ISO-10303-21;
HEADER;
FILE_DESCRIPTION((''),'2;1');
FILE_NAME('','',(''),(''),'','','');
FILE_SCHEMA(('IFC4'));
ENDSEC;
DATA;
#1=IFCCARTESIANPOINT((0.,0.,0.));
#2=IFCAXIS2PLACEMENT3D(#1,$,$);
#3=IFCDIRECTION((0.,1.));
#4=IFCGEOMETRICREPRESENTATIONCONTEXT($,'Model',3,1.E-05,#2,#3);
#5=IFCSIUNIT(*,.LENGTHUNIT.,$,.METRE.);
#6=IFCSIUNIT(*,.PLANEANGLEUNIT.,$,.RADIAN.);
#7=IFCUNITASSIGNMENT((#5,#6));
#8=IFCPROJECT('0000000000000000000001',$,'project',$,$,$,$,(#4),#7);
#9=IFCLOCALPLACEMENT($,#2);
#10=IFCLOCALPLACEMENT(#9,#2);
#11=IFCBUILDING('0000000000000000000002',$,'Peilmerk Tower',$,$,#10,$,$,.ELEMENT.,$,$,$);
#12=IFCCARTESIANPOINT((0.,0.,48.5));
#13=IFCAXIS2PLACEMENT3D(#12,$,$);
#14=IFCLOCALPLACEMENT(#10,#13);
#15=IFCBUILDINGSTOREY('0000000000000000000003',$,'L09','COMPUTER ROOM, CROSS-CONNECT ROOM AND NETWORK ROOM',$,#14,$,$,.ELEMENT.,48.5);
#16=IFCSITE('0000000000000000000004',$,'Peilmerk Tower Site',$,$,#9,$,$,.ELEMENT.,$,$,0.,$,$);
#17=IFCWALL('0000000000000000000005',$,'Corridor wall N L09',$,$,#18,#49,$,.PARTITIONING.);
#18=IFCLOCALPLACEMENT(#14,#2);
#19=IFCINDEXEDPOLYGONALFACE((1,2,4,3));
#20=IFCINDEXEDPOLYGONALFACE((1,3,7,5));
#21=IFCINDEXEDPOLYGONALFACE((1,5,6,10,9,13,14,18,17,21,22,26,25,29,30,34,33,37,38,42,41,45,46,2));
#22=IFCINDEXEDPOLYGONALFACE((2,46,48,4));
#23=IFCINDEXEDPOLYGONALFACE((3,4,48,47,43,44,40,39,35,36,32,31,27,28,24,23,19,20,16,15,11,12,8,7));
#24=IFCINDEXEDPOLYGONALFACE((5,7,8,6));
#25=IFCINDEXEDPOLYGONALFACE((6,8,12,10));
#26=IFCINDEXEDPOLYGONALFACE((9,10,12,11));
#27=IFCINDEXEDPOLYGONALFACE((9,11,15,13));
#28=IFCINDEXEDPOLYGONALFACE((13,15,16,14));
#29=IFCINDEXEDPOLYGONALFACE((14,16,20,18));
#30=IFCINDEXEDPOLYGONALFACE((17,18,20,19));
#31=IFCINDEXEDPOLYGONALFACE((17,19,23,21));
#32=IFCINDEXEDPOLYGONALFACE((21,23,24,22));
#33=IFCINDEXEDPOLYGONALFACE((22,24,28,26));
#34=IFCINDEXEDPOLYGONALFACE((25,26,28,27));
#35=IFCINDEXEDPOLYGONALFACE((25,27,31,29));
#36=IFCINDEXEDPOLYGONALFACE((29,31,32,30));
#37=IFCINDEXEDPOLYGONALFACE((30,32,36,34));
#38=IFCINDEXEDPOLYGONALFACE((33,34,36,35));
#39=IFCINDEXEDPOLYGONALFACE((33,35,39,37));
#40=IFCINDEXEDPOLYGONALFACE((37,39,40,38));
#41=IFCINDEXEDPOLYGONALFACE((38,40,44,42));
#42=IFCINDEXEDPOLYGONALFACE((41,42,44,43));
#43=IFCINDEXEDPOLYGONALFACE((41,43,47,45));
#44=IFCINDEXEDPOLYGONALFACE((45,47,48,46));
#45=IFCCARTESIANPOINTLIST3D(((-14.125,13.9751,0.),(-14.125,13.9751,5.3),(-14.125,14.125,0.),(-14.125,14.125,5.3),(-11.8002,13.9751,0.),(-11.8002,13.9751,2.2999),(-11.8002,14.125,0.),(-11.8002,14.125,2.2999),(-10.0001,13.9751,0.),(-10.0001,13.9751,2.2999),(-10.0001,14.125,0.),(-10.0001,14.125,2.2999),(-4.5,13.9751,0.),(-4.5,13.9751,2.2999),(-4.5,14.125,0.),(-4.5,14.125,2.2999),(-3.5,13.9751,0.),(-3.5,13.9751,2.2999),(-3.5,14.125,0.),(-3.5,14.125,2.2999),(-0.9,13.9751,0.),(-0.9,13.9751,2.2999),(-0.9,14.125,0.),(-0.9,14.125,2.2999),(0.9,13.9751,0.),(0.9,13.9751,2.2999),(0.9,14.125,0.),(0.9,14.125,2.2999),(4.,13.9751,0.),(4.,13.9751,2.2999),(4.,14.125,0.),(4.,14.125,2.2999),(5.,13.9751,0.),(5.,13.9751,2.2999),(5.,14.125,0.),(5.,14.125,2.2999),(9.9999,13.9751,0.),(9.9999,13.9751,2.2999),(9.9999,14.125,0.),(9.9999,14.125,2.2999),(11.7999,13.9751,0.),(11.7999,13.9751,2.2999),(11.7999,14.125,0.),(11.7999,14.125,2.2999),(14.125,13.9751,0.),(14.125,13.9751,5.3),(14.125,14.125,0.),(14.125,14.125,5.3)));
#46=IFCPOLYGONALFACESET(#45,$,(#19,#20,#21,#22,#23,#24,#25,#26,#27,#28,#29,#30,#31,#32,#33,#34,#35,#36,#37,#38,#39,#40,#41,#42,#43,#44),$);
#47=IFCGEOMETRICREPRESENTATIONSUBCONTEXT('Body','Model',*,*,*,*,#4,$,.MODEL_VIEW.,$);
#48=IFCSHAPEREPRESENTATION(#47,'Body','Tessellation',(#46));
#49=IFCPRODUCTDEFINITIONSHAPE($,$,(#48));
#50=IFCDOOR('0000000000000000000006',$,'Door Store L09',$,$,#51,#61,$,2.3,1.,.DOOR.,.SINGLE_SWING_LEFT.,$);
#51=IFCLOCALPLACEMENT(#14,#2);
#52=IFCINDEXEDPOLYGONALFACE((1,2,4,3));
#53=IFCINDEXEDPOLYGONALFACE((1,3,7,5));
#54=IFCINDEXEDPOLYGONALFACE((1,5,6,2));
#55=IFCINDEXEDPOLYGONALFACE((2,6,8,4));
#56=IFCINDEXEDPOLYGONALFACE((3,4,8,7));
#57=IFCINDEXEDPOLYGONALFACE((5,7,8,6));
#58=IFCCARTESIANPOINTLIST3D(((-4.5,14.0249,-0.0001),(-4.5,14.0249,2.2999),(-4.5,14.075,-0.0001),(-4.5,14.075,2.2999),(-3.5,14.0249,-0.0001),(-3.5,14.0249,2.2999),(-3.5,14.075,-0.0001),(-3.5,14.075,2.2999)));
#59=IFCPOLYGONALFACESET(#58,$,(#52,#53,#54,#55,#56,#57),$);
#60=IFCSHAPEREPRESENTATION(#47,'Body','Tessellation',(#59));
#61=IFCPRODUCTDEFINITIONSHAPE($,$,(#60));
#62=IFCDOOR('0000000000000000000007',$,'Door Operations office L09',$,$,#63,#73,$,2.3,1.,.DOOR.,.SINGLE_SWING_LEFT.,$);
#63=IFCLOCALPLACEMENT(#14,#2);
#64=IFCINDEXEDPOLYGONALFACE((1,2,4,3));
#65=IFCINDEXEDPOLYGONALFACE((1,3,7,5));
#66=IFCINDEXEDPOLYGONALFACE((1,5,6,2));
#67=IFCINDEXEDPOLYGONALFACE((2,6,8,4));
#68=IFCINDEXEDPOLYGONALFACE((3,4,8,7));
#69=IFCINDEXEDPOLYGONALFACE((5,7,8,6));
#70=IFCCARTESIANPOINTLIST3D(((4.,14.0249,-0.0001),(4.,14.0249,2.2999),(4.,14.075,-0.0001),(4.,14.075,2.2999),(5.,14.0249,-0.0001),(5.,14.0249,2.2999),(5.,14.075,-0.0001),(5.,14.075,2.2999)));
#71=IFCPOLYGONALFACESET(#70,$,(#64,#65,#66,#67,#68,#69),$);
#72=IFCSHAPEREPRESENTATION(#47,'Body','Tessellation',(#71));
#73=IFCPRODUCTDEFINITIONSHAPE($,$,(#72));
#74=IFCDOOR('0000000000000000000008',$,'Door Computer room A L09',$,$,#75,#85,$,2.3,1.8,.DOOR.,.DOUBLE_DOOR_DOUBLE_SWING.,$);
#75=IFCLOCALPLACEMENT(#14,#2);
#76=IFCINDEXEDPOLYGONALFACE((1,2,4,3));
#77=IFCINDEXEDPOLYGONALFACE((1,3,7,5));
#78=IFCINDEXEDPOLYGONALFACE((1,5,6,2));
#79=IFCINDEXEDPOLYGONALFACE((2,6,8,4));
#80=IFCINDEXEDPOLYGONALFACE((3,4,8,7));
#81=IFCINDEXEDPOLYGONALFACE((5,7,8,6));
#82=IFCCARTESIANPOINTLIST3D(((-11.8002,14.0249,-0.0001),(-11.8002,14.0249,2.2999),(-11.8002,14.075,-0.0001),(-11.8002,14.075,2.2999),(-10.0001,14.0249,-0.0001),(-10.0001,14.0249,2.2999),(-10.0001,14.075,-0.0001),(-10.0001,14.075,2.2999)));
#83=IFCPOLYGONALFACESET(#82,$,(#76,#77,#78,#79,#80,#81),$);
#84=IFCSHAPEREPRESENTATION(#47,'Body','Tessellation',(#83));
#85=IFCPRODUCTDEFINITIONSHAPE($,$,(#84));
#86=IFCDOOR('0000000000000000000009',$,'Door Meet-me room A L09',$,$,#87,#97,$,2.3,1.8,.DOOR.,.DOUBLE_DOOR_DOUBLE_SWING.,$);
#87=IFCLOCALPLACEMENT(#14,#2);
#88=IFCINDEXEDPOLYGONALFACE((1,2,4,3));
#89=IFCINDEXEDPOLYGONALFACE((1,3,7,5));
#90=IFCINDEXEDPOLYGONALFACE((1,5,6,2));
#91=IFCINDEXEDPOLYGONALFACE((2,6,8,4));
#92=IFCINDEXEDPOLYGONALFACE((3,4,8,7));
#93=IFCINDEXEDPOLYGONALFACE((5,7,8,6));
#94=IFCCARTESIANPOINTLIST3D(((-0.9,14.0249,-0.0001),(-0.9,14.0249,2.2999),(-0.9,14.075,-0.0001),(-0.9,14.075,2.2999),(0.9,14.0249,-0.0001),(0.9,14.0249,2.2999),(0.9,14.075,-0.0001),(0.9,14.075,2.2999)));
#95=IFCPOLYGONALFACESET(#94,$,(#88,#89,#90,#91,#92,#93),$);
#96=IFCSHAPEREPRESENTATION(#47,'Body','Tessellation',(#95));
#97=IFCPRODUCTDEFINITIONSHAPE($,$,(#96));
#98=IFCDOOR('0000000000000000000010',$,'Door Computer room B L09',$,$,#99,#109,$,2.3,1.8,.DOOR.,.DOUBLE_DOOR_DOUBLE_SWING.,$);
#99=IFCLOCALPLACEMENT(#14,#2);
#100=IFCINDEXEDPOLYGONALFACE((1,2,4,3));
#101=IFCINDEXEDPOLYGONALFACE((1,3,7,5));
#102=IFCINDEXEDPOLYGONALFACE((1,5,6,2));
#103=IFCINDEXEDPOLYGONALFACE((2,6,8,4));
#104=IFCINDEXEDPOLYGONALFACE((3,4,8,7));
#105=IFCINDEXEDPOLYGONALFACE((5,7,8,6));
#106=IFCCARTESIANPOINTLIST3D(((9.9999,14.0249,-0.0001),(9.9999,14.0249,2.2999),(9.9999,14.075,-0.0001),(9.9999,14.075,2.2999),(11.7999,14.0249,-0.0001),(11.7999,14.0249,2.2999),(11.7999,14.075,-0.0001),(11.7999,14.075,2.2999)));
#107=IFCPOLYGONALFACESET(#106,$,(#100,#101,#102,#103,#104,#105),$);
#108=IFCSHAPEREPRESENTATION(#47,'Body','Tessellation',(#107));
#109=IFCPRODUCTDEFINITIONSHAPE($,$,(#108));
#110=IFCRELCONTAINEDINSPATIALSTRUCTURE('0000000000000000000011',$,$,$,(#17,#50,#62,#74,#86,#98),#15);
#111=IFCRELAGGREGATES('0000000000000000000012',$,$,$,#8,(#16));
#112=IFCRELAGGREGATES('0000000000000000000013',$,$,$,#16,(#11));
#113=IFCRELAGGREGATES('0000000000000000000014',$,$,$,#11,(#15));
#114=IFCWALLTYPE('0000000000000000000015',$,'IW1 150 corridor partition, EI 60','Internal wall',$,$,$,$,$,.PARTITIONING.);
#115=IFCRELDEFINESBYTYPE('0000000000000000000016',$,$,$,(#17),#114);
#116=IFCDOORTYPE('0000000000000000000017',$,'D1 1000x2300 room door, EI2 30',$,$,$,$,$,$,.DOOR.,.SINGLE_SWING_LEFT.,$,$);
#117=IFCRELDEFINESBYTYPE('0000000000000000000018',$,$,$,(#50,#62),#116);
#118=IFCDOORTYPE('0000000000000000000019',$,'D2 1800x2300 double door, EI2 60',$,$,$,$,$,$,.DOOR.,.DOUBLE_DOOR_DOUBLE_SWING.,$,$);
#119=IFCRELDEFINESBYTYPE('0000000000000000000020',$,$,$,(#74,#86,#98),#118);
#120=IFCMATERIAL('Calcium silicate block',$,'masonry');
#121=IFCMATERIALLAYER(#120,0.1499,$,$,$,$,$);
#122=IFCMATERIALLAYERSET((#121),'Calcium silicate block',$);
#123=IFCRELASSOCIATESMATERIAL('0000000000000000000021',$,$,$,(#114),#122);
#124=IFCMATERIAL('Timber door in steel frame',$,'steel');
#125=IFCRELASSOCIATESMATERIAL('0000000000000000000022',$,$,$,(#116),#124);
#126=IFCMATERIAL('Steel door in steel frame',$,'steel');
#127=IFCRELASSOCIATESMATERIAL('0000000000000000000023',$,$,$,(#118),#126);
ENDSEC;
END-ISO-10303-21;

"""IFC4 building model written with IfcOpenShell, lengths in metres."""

from ifc_helpers import new_model, si_unit, direction, frame, frame_2d, origin, place, context, subcontext, project, spatial, rectangle, extrude, material, layer, layer_set, type_object, element, fill, save


model = new_model("IFC4")

# Units and contexts
model_context = context("Model", 3, precision=1e-05, world=origin(), true_north=direction((0.0, 1.0)))
body_context = subcontext(model_context, "Body", "Model", "MODEL_VIEW")
ifc_project = project(units=[si_unit("LENGTHUNIT", "METRE"), si_unit("PLANEANGLEUNIT", "RADIAN")], contexts=[model_context])

# Site, building, storey
site_placement = place(None, origin())
site = spatial("IfcSite", under=ifc_project, at=site_placement, Name="Peilmerk Tower Site", CompositionType="ELEMENT", RefElevation=0.0)
building_placement = place(site_placement, origin())
building = spatial("IfcBuilding", under=site, at=building_placement, Name="Peilmerk Tower", CompositionType="ELEMENT")
storey_placement = place(building_placement, frame((0.0, 0.0, 48.5)))
storey = spatial("IfcBuildingStorey", under=building, at=storey_placement, Name="L09", Description="COMPUTER ROOM, CROSS-CONNECT ROOM AND NETWORK ROOM", CompositionType="ELEMENT", Elevation=48.5)

# Wall, openings, doors
ifc_material_1 = material(Name="Calcium silicate block", Category="masonry")
ifc_layer_1 = layer(ifc_material_1, 0.1499)
ifc_layer_set_1 = layer_set([ifc_layer_1], Name="Calcium silicate block")
wall_type_1 = type_object("IfcWallType", Name="IW1 150 corridor partition, EI 60", Description="Internal wall", PredefinedType="PARTITIONING", material=ifc_layer_set_1)
wall_1_placement = place(storey_placement, frame((-14.125, 14.05, 0.0), z_axis=(0.0, 0.0, 1.0), x_axis=(1.0, 0.0, 0.0)))
wall_1 = element("IfcWall", 1, at=wall_1_placement, inside=storey, type_object=wall_type_1, Name="Corridor wall N L09", PredefinedType="PARTITIONING", context=body_context, shape_type="SweptSolid", body=[
    extrude(rectangle(XDim=28.25, YDim=0.1499, at=frame_2d((14.125, 0.0))), origin(), (0.0, 0.0, 1.0), 5.3),
])
opening_1_placement = place(wall_1_placement, frame((2.325, 0.0, 0.0)))
opening_1 = element("IfcOpeningElement", 2, at=opening_1_placement, cuts=wall_1, PredefinedType="OPENING", context=body_context, shape_type="SweptSolid", body=[
    extrude(rectangle(XDim=1.8, YDim=2.3, at=frame_2d((0.8999, 1.1499))), frame((0.0, 0.085, 0.0), z_axis=(0.0, -1.0, 0.0), x_axis=(1.0, 0.0, 0.0)), (0.0, 0.0, 1.0), 0.1699),
])
opening_2_placement = place(wall_1_placement, frame((13.2251, 0.0, 0.0)))
opening_2 = element("IfcOpeningElement", 3, at=opening_2_placement, cuts=wall_1, PredefinedType="OPENING", context=body_context, shape_type="SweptSolid", body=[
    extrude(rectangle(XDim=1.8, YDim=2.3, at=frame_2d((0.8999, 1.1499))), frame((0.0, 0.085, 0.0), z_axis=(0.0, -1.0, 0.0), x_axis=(1.0, 0.0, 0.0)), (0.0, 0.0, 1.0), 0.1699),
])
opening_3_placement = place(wall_1_placement, frame((24.125, 0.0, 0.0)))
opening_3 = element("IfcOpeningElement", 4, at=opening_3_placement, cuts=wall_1, PredefinedType="OPENING", context=body_context, shape_type="SweptSolid", body=[
    extrude(rectangle(XDim=1.8, YDim=2.3, at=frame_2d((0.8999, 1.1499))), frame((0.0, 0.085, 0.0), z_axis=(0.0, -1.0, 0.0), x_axis=(1.0, 0.0, 0.0)), (0.0, 0.0, 1.0), 0.1699),
])
opening_4_placement = place(wall_1_placement, frame((9.625, 0.0, 0.0)))
opening_4 = element("IfcOpeningElement", 5, at=opening_4_placement, cuts=wall_1, PredefinedType="OPENING", context=body_context, shape_type="SweptSolid", body=[
    extrude(rectangle(XDim=1.0, YDim=2.3, at=frame_2d((0.5, 1.1499))), frame((0.0, 0.085, 0.0), z_axis=(0.0, -1.0, 0.0), x_axis=(1.0, 0.0, 0.0)), (0.0, 0.0, 1.0), 0.1699),
])
opening_5_placement = place(wall_1_placement, frame((18.125, 0.0, 0.0)))
opening_5 = element("IfcOpeningElement", 6, at=opening_5_placement, cuts=wall_1, PredefinedType="OPENING", context=body_context, shape_type="SweptSolid", body=[
    extrude(rectangle(XDim=1.0, YDim=2.3, at=frame_2d((0.5, 1.1499))), frame((0.0, 0.085, 0.0), z_axis=(0.0, -1.0, 0.0), x_axis=(1.0, 0.0, 0.0)), (0.0, 0.0, 1.0), 0.1699),
])
ifc_material_2 = material(Name="Timber door in steel frame", Category="steel")
door_type_1 = type_object("IfcDoorType", Name="D1 1000x2300 room door, EI2 30", OperationType="SINGLE_SWING_LEFT", PredefinedType="DOOR", material=ifc_material_2)
door_1_placement = place(opening_4_placement, origin())
door_1 = element("IfcDoor", 7, at=door_1_placement, inside=storey, type_object=door_type_1, Name="Door Store L09", OperationType="SINGLE_SWING_LEFT", OverallHeight=2.3, OverallWidth=1.0, PredefinedType="DOOR", context=body_context, shape_type="SweptSolid", body=[
    extrude(rectangle(XDim=1.0, YDim=2.3, at=frame_2d((0.5, 1.1499))), frame((0.0, 0.0249, 0.0), z_axis=(0.0, -1.0, 0.0), x_axis=(1.0, 0.0, 0.0)), (0.0, 0.0, 1.0), 0.05),
])
fill(opening_4, door_1)
door_2_placement = place(opening_5_placement, origin())
door_2 = element("IfcDoor", 8, at=door_2_placement, inside=storey, type_object=door_type_1, Name="Door Operations office L09", OperationType="SINGLE_SWING_LEFT", OverallHeight=2.3, OverallWidth=1.0, PredefinedType="DOOR", context=body_context, shape_type="SweptSolid", body=[
    extrude(rectangle(XDim=1.0, YDim=2.3, at=frame_2d((0.5, 1.1499))), frame((0.0, 0.0249, 0.0), z_axis=(0.0, -1.0, 0.0), x_axis=(1.0, 0.0, 0.0)), (0.0, 0.0, 1.0), 0.05),
])
fill(opening_5, door_2)
ifc_material_3 = material(Name="Steel door in steel frame", Category="steel")
door_type_2 = type_object("IfcDoorType", Name="D2 1800x2300 double door, EI2 60", OperationType="DOUBLE_DOOR_DOUBLE_SWING", PredefinedType="DOOR", material=ifc_material_3)
door_3_placement = place(opening_1_placement, origin())
door_3 = element("IfcDoor", 9, at=door_3_placement, inside=storey, type_object=door_type_2, Name="Door Computer room A L09", OperationType="DOUBLE_DOOR_DOUBLE_SWING", OverallHeight=2.3, OverallWidth=1.8, PredefinedType="DOOR", context=body_context, shape_type="SweptSolid", body=[
    extrude(rectangle(XDim=1.8, YDim=2.3, at=frame_2d((0.8999, 1.1499))), frame((0.0, 0.0249, 0.0), z_axis=(0.0, -1.0, 0.0), x_axis=(1.0, 0.0, 0.0)), (0.0, 0.0, 1.0), 0.05),
])
fill(opening_1, door_3)
door_4_placement = place(opening_2_placement, origin())
door_4 = element("IfcDoor", 10, at=door_4_placement, inside=storey, type_object=door_type_2, Name="Door Meet-me room A L09", OperationType="DOUBLE_DOOR_DOUBLE_SWING", OverallHeight=2.3, OverallWidth=1.8, PredefinedType="DOOR", context=body_context, shape_type="SweptSolid", body=[
    extrude(rectangle(XDim=1.8, YDim=2.3, at=frame_2d((0.8999, 1.1499))), frame((0.0, 0.0249, 0.0), z_axis=(0.0, -1.0, 0.0), x_axis=(1.0, 0.0, 0.0)), (0.0, 0.0, 1.0), 0.05),
])
fill(opening_2, door_4)
door_5_placement = place(opening_3_placement, origin())
door_5 = element("IfcDoor", 11, at=door_5_placement, inside=storey, type_object=door_type_2, Name="Door Computer room B L09", OperationType="DOUBLE_DOOR_DOUBLE_SWING", OverallHeight=2.3, OverallWidth=1.8, PredefinedType="DOOR", context=body_context, shape_type="SweptSolid", body=[
    extrude(rectangle(XDim=1.8, YDim=2.3, at=frame_2d((0.8999, 1.1499))), frame((0.0, 0.0249, 0.0), z_axis=(0.0, -1.0, 0.0), x_axis=(1.0, 0.0, 0.0)), (0.0, 0.0, 1.0), 0.05),
])
fill(opening_3, door_5)

save(model, "model.ifc")
